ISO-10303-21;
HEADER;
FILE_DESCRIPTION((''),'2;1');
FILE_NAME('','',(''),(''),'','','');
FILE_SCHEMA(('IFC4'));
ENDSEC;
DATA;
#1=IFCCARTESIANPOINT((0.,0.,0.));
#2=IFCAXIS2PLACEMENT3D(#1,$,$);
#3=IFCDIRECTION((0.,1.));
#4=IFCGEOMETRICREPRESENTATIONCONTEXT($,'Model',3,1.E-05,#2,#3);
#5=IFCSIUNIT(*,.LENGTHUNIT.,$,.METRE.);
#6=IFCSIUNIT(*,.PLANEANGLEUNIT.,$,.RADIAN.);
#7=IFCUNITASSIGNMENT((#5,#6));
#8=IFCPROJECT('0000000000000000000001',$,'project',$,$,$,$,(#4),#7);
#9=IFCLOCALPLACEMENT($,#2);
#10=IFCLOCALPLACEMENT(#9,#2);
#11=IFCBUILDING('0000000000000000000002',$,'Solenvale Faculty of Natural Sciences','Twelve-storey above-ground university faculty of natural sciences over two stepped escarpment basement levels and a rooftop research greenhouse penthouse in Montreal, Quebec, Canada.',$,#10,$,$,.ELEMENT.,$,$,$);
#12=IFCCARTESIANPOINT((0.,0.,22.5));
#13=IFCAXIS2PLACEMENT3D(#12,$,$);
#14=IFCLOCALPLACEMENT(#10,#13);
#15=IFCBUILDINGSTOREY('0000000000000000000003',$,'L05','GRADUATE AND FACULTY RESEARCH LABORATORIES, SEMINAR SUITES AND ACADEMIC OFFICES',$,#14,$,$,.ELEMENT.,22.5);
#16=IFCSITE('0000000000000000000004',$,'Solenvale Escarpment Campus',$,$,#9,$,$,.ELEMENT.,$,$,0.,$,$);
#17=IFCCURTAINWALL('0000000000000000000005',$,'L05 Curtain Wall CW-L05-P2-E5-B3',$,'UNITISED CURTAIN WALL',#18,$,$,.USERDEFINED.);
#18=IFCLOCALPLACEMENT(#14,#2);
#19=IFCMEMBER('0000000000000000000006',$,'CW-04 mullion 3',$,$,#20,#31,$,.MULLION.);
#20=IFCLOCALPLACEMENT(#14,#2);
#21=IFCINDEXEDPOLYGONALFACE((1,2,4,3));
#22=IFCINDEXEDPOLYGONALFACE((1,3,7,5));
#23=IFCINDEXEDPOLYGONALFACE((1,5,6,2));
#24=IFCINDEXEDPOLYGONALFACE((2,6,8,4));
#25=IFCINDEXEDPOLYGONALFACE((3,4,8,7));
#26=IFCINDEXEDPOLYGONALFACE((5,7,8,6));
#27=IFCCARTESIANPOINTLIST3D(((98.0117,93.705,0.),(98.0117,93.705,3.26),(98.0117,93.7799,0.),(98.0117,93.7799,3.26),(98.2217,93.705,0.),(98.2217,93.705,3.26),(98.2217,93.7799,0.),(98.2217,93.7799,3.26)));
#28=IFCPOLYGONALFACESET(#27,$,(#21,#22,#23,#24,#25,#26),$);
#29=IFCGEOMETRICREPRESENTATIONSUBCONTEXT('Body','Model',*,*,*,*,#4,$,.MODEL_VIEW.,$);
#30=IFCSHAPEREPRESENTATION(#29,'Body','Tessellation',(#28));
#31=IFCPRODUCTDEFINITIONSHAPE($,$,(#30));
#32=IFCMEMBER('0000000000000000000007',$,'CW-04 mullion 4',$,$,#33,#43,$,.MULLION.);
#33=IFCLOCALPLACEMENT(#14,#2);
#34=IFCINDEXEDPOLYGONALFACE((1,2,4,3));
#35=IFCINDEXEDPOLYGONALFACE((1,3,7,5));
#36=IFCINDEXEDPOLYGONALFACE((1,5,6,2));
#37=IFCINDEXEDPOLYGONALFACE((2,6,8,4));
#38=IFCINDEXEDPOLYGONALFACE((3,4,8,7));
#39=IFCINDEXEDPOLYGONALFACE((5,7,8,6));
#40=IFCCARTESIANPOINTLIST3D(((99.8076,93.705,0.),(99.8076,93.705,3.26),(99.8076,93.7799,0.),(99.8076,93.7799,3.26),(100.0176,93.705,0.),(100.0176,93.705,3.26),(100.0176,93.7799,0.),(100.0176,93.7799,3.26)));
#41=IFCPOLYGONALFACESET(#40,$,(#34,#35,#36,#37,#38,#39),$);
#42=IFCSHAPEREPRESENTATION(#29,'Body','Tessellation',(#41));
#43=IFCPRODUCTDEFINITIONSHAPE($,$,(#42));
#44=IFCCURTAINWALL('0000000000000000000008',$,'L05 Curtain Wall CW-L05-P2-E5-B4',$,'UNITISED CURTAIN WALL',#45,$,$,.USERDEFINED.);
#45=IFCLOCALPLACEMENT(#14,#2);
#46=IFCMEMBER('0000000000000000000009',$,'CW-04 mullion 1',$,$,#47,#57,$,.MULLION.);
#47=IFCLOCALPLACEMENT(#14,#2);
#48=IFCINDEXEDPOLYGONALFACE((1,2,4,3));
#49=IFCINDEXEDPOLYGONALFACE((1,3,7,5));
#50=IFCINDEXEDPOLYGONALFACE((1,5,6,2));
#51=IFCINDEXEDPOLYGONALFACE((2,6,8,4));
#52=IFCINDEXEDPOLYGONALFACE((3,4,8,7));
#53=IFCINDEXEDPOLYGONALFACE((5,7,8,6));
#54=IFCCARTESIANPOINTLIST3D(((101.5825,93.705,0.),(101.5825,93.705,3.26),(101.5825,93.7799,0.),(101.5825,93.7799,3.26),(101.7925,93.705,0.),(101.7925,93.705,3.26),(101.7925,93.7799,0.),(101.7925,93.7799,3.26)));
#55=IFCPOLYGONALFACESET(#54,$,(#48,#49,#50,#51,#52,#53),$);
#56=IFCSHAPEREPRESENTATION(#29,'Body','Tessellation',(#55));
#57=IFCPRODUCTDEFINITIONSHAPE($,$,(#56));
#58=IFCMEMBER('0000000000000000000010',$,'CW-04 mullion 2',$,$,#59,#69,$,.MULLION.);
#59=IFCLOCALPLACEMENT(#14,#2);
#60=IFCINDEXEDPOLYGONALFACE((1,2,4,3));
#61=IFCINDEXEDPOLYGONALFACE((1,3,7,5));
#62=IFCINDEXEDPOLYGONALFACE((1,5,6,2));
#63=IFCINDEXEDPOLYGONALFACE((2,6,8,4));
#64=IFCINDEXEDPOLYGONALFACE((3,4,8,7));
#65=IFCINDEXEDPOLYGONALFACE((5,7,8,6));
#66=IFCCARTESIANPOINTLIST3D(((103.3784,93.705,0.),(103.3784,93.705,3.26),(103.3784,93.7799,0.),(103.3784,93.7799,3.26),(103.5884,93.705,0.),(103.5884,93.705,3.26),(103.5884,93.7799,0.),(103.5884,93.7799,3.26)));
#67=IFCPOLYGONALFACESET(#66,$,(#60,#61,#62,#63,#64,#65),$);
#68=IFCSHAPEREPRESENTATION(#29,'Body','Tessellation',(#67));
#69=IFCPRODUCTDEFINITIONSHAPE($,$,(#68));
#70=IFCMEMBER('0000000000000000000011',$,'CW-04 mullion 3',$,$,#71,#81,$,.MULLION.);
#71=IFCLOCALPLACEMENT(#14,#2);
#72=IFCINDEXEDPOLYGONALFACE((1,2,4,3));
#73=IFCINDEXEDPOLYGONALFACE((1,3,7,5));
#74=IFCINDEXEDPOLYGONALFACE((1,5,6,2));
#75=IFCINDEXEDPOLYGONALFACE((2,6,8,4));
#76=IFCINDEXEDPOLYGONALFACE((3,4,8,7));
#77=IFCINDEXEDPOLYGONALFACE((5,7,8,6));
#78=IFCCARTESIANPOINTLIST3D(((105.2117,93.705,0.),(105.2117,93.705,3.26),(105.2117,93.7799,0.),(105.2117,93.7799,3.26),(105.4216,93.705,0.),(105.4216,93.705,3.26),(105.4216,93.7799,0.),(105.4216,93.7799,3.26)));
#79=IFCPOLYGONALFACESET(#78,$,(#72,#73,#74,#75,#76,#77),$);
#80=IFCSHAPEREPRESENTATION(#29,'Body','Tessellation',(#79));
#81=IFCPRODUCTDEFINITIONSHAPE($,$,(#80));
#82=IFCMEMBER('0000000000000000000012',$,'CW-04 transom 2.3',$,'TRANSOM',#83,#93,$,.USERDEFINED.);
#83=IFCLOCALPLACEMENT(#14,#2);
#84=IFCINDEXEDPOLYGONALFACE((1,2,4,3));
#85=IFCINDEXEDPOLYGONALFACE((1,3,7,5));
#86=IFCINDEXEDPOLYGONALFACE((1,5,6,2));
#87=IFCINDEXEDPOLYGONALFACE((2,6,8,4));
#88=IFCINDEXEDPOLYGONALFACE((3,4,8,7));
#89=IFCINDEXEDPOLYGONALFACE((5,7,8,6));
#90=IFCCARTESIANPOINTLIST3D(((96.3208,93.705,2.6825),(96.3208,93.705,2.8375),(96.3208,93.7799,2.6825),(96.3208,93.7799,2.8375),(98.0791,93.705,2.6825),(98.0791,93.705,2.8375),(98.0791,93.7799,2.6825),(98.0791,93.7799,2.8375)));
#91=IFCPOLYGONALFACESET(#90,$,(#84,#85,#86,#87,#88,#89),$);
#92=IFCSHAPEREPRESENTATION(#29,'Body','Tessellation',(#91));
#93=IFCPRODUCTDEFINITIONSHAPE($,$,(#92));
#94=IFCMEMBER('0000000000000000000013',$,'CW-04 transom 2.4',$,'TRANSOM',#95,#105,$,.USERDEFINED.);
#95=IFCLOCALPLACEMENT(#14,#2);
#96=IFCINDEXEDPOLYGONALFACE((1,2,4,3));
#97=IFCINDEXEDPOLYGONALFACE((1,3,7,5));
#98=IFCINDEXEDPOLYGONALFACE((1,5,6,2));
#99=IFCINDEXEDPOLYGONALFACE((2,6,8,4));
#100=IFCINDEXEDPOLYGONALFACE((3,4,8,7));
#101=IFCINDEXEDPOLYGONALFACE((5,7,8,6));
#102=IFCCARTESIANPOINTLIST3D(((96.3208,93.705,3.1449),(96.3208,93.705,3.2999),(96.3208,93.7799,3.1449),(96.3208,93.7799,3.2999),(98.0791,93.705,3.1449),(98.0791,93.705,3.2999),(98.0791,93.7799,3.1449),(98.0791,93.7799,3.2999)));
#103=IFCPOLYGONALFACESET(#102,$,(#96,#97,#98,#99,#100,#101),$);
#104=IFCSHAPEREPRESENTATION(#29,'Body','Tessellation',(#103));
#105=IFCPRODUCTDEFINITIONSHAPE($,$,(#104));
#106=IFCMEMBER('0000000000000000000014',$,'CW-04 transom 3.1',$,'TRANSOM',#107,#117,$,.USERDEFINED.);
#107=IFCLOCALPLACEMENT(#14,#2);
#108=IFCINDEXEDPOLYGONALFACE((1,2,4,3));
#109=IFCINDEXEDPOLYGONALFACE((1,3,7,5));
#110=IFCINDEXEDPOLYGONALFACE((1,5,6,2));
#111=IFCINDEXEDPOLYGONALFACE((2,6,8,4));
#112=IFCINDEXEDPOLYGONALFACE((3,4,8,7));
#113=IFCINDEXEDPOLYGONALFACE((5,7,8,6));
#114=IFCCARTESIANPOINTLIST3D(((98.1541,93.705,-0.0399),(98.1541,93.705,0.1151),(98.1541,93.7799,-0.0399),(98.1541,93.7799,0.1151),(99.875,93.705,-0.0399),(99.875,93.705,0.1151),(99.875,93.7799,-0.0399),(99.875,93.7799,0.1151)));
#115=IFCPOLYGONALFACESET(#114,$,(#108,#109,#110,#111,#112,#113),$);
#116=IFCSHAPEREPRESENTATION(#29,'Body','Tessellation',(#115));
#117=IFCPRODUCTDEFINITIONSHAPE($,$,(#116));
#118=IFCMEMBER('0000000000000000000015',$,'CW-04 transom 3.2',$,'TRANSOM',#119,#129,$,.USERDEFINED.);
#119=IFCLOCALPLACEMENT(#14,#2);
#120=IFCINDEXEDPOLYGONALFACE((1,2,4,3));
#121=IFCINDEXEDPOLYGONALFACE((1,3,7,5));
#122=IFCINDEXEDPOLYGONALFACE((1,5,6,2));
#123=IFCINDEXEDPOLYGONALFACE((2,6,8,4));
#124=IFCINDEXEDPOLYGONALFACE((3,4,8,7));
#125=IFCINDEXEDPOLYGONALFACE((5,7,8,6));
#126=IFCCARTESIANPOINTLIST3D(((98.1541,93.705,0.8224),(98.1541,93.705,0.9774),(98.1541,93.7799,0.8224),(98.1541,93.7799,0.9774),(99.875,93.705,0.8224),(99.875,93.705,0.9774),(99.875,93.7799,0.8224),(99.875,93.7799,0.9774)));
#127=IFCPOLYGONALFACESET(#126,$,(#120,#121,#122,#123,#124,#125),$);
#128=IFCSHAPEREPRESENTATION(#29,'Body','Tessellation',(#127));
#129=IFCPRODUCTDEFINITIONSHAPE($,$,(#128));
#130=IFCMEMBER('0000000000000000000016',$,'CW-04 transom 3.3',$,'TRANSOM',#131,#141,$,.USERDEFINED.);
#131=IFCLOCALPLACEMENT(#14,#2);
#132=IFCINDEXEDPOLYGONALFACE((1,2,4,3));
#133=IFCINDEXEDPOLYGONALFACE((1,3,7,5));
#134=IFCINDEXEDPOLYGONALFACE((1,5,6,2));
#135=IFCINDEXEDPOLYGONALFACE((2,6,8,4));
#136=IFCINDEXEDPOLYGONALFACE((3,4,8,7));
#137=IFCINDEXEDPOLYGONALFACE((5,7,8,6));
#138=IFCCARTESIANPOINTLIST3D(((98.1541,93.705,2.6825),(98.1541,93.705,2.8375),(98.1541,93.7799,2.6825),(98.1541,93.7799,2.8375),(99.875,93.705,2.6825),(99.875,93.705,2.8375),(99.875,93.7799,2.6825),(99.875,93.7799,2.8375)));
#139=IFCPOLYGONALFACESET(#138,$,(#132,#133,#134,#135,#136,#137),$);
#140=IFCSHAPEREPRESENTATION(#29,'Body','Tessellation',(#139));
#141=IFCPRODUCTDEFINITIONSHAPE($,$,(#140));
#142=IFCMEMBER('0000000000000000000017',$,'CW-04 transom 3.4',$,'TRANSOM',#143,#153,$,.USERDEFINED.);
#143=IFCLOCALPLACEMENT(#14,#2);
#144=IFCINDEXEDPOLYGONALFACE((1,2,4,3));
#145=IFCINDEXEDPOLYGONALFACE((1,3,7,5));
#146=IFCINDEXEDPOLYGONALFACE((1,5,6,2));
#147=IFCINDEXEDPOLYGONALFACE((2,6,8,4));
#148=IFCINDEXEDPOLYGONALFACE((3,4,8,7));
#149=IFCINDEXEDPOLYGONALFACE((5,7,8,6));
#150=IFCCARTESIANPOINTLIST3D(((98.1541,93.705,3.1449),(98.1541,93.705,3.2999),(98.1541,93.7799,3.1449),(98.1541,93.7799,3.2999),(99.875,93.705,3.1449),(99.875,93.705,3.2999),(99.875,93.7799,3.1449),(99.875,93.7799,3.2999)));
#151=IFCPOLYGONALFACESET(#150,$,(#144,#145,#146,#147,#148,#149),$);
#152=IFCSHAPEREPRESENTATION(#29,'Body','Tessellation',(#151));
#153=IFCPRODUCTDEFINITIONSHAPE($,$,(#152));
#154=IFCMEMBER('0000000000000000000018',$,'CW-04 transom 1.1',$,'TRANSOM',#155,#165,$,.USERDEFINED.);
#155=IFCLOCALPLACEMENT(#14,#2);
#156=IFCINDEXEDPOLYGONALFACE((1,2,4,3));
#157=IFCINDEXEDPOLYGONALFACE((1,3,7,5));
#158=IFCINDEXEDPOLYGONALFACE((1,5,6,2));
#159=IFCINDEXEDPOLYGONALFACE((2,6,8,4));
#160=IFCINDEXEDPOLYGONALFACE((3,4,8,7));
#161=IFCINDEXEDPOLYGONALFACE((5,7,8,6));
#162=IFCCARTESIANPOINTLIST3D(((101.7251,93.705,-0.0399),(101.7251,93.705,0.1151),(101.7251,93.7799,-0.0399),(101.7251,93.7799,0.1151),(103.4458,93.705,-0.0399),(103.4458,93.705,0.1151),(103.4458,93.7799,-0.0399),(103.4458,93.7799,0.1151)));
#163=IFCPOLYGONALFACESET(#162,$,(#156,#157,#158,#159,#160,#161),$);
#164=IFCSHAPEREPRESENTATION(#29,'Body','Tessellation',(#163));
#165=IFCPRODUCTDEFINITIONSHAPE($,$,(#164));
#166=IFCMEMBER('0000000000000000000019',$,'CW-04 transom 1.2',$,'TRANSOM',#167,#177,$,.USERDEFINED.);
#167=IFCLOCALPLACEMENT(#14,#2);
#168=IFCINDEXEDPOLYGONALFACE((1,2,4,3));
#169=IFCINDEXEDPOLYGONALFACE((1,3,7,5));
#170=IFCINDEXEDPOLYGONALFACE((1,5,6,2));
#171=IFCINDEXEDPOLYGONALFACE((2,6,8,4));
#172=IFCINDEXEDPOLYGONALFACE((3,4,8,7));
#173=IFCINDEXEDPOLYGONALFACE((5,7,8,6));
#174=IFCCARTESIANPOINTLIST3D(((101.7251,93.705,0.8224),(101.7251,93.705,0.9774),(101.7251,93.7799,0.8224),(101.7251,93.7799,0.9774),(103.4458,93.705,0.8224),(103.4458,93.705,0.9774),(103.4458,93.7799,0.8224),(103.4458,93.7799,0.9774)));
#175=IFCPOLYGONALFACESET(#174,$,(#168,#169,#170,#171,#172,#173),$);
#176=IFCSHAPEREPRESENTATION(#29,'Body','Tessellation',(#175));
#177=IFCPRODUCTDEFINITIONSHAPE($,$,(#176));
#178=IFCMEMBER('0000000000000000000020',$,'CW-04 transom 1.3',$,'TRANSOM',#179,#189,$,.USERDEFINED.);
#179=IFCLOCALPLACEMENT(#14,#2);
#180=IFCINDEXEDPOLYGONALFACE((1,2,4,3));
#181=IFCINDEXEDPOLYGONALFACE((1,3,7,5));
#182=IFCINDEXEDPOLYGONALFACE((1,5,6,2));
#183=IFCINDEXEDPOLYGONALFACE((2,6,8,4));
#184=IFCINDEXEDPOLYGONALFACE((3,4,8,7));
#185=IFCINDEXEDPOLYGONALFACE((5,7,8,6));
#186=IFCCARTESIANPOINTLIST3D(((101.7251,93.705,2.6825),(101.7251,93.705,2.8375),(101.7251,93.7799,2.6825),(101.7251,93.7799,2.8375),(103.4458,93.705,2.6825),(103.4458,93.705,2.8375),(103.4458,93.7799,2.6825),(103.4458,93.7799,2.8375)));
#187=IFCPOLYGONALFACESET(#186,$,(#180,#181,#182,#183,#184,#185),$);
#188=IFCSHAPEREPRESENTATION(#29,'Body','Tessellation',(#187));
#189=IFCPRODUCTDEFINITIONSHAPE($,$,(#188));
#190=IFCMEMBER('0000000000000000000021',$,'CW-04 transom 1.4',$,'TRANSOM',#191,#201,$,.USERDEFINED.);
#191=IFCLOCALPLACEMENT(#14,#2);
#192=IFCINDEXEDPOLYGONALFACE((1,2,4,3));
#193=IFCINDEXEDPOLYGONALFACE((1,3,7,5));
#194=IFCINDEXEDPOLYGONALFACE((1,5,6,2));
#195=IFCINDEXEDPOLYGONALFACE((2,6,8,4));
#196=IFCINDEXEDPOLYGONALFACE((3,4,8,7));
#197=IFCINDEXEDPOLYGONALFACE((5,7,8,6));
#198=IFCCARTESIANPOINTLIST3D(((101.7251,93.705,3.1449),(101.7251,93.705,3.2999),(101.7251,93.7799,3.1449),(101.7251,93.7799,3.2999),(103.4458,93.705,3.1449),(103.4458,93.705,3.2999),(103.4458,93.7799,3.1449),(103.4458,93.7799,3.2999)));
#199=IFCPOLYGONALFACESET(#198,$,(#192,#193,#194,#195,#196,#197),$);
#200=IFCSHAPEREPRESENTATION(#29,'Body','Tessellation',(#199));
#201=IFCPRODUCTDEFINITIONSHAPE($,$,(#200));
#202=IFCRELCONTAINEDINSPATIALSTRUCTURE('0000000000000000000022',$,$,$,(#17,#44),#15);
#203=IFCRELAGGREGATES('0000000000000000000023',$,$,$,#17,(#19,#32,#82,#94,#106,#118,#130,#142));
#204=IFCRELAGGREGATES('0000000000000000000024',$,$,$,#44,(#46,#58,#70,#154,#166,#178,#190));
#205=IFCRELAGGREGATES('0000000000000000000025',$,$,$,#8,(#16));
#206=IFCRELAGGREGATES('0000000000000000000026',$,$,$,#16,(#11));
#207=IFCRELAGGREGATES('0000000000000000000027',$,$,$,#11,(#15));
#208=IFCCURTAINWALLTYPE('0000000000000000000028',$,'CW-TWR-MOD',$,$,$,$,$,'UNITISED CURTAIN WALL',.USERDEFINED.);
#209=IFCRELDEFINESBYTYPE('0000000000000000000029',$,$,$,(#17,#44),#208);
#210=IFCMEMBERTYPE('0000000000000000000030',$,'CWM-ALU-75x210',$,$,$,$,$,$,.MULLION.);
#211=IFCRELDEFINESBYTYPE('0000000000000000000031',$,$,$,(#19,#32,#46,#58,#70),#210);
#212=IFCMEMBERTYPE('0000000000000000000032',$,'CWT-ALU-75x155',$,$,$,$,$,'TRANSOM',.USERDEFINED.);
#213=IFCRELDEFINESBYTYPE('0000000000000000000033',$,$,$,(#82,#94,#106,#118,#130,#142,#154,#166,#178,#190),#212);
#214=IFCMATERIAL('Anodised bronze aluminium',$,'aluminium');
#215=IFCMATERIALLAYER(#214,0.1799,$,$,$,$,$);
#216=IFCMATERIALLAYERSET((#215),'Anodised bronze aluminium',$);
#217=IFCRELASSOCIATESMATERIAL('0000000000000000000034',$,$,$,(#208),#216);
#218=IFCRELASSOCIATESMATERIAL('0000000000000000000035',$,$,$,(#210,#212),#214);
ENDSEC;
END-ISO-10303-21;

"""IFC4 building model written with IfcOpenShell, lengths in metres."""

from ifc_helpers import new_model, si_unit, direction, frame, origin, origin_2d, place, context, subcontext, project, spatial, rectangle, extrude, material, layer, layer_set, material_profile, profile_set, type_object, element, aggregate, save


model = new_model("IFC4")

# Units and contexts
model_context = context("Model", 3, precision=1e-05, world=origin(), true_north=direction((0.0, 1.0)))
body_context = subcontext(model_context, "Body", "Model", "MODEL_VIEW")
ifc_project = project(units=[si_unit("LENGTHUNIT", "METRE"), si_unit("PLANEANGLEUNIT", "RADIAN")], contexts=[model_context])

# Site, building, storey
site_placement = place(None, origin())
site = spatial("IfcSite", under=ifc_project, at=site_placement, Name="Solenvale Escarpment Campus", CompositionType="ELEMENT", RefElevation=0.0)
building_placement = place(site_placement, origin())
building = spatial("IfcBuilding", under=site, at=building_placement, Name="Solenvale Faculty of Natural Sciences", Description="Twelve-storey above-ground university faculty of natural sciences over two stepped escarpment basement levels and a rooftop research greenhouse penthouse in Montreal, Quebec, Canada.", CompositionType="ELEMENT")
storey_placement = place(building_placement, frame((0.0, 0.0, 22.5)))
storey = spatial("IfcBuildingStorey", under=building, at=storey_placement, Name="L05", Description="GRADUATE AND FACULTY RESEARCH LABORATORIES, SEMINAR SUITES AND ACADEMIC OFFICES", CompositionType="ELEMENT", Elevation=22.5)

# Curtain walls, members
ifc_material_1 = material(Name="Anodised bronze aluminium", Category="aluminium")
ifc_layer_1 = layer(ifc_material_1, 0.1799)
ifc_layer_set_1 = layer_set([ifc_layer_1], Name="Anodised bronze aluminium")
curtain_wall_type = type_object("IfcCurtainWallType", Name="CW-TWR-MOD", ElementType="UNITISED CURTAIN WALL", PredefinedType="USERDEFINED", material=ifc_layer_set_1)
curtain_wall_1_placement = place(storey_placement, origin())
curtain_wall_1 = element("IfcCurtainWall", 1, at=curtain_wall_1_placement, inside=storey, type_object=curtain_wall_type, Name="L05 Curtain Wall CW-L05-P2-E5-B3", ObjectType="UNITISED CURTAIN WALL", PredefinedType="USERDEFINED")
ifc_material_profile_1 = material_profile(ifc_material_1, rectangle(XDim=0.075, YDim=0.21, at=origin_2d()), Name="ALU-MUL-75x210")
ifc_profile_set_1 = profile_set([ifc_material_profile_1], Name="Anodised bronze aluminium")
member_type_1 = type_object("IfcMemberType", Name="CWM-ALU-75x210", PredefinedType="MULLION", material=ifc_profile_set_1)
member_1_placement = place(storey_placement, frame((98.1167, 93.7424, 0.0), z_axis=(0.0, 0.0, 1.0), x_axis=(0.0, 1.0, 0.0)))
member_1 = element("IfcMember", 2, at=member_1_placement, type_object=member_type_1, Name="CW-04 mullion 3", PredefinedType="MULLION", context=body_context, shape_type="SweptSolid", body=[
    extrude(rectangle(XDim=0.075, YDim=0.21, at=origin_2d()), origin(), (0.0, 0.0, 1.0), 3.26),
])
member_2_placement = place(storey_placement, frame((99.9126, 93.7424, 0.0), z_axis=(0.0, 0.0, 1.0), x_axis=(0.0, 1.0, 0.0)))
member_2 = element("IfcMember", 3, at=member_2_placement, type_object=member_type_1, Name="CW-04 mullion 4", PredefinedType="MULLION", context=body_context, shape_type="SweptSolid", body=[
    extrude(rectangle(XDim=0.075, YDim=0.21, at=origin_2d()), origin(), (0.0, 0.0, 1.0), 3.26),
])
curtain_wall_2_placement = place(storey_placement, origin())
curtain_wall_2 = element("IfcCurtainWall", 4, at=curtain_wall_2_placement, inside=storey, type_object=curtain_wall_type, Name="L05 Curtain Wall CW-L05-P2-E5-B4", ObjectType="UNITISED CURTAIN WALL", PredefinedType="USERDEFINED")
member_3_placement = place(storey_placement, frame((101.6875, 93.7424, 0.0), z_axis=(0.0, 0.0, 1.0), x_axis=(0.0, 1.0, 0.0)))
member_3 = element("IfcMember", 5, at=member_3_placement, type_object=member_type_1, Name="CW-04 mullion 1", PredefinedType="MULLION", context=body_context, shape_type="SweptSolid", body=[
    extrude(rectangle(XDim=0.075, YDim=0.21, at=origin_2d()), origin(), (0.0, 0.0, 1.0), 3.26),
])
member_4_placement = place(storey_placement, frame((103.4834, 93.7424, 0.0), z_axis=(0.0, 0.0, 1.0), x_axis=(0.0, 1.0, 0.0)))
member_4 = element("IfcMember", 6, at=member_4_placement, type_object=member_type_1, Name="CW-04 mullion 2", PredefinedType="MULLION", context=body_context, shape_type="SweptSolid", body=[
    extrude(rectangle(XDim=0.075, YDim=0.21, at=origin_2d()), origin(), (0.0, 0.0, 1.0), 3.26),
])
member_5_placement = place(storey_placement, frame((105.3167, 93.7424, 0.0), z_axis=(0.0, 0.0, 1.0), x_axis=(0.0, 1.0, 0.0)))
member_5 = element("IfcMember", 7, at=member_5_placement, type_object=member_type_1, Name="CW-04 mullion 3", PredefinedType="MULLION", context=body_context, shape_type="SweptSolid", body=[
    extrude(rectangle(XDim=0.075, YDim=0.21, at=origin_2d()), origin(), (0.0, 0.0, 1.0), 3.26),
])

# Members
ifc_material_profile_2 = material_profile(ifc_material_1, rectangle(XDim=0.075, YDim=0.155, at=origin_2d()), Name="ALU-TRN-75x155")
ifc_profile_set_2 = profile_set([ifc_material_profile_2], Name="Anodised bronze aluminium")
member_type_2 = type_object("IfcMemberType", Name="CWT-ALU-75x155", ElementType="TRANSOM", PredefinedType="USERDEFINED", material=ifc_profile_set_2)
member_6_placement = place(storey_placement, frame((96.3208, 93.7424, 2.76), z_axis=(1.0, 0.0, 0.0), x_axis=(0.0, 1.0, 0.0)))
member_6 = element("IfcMember", 8, at=member_6_placement, type_object=member_type_2, Name="CW-04 transom 2.3", ObjectType="TRANSOM", PredefinedType="USERDEFINED", context=body_context, shape_type="SweptSolid", body=[
    extrude(rectangle(XDim=0.075, YDim=0.155, at=origin_2d()), origin(), (0.0, 0.0, 1.0), 1.7583),
])
member_7_placement = place(storey_placement, frame((96.3208, 93.7424, 3.2224), z_axis=(1.0, 0.0, 0.0), x_axis=(0.0, 1.0, 0.0)))
member_7 = element("IfcMember", 9, at=member_7_placement, type_object=member_type_2, Name="CW-04 transom 2.4", ObjectType="TRANSOM", PredefinedType="USERDEFINED", context=body_context, shape_type="SweptSolid", body=[
    extrude(rectangle(XDim=0.075, YDim=0.155, at=origin_2d()), origin(), (0.0, 0.0, 1.0), 1.7583),
])
member_8_placement = place(storey_placement, frame((98.1541, 93.7424, 0.0376), z_axis=(1.0, 0.0, 0.0), x_axis=(0.0, 1.0, 0.0)))
member_8 = element("IfcMember", 10, at=member_8_placement, type_object=member_type_2, Name="CW-04 transom 3.1", ObjectType="TRANSOM", PredefinedType="USERDEFINED", context=body_context, shape_type="SweptSolid", body=[
    extrude(rectangle(XDim=0.075, YDim=0.155, at=origin_2d()), origin(), (0.0, 0.0, 1.0), 1.7209),
])
member_9_placement = place(storey_placement, frame((98.1541, 93.7424, 0.8999), z_axis=(1.0, 0.0, 0.0), x_axis=(0.0, 1.0, 0.0)))
member_9 = element("IfcMember", 11, at=member_9_placement, type_object=member_type_2, Name="CW-04 transom 3.2", ObjectType="TRANSOM", PredefinedType="USERDEFINED", context=body_context, shape_type="SweptSolid", body=[
    extrude(rectangle(XDim=0.075, YDim=0.155, at=origin_2d()), origin(), (0.0, 0.0, 1.0), 1.7209),
])
member_10_placement = place(storey_placement, frame((98.1541, 93.7424, 2.76), z_axis=(1.0, 0.0, 0.0), x_axis=(0.0, 1.0, 0.0)))
member_10 = element("IfcMember", 12, at=member_10_placement, type_object=member_type_2, Name="CW-04 transom 3.3", ObjectType="TRANSOM", PredefinedType="USERDEFINED", context=body_context, shape_type="SweptSolid", body=[
    extrude(rectangle(XDim=0.075, YDim=0.155, at=origin_2d()), origin(), (0.0, 0.0, 1.0), 1.7209),
])
member_11_placement = place(storey_placement, frame((98.1541, 93.7424, 3.2224), z_axis=(1.0, 0.0, 0.0), x_axis=(0.0, 1.0, 0.0)))
member_11 = element("IfcMember", 13, at=member_11_placement, type_object=member_type_2, Name="CW-04 transom 3.4", ObjectType="TRANSOM", PredefinedType="USERDEFINED", context=body_context, shape_type="SweptSolid", body=[
    extrude(rectangle(XDim=0.075, YDim=0.155, at=origin_2d()), origin(), (0.0, 0.0, 1.0), 1.7209),
])
member_12_placement = place(storey_placement, frame((101.7251, 93.7424, 0.0376), z_axis=(1.0, 0.0, 0.0), x_axis=(0.0, 1.0, 0.0)))
member_12 = element("IfcMember", 14, at=member_12_placement, type_object=member_type_2, Name="CW-04 transom 1.1", ObjectType="TRANSOM", PredefinedType="USERDEFINED", context=body_context, shape_type="SweptSolid", body=[
    extrude(rectangle(XDim=0.075, YDim=0.155, at=origin_2d()), origin(), (0.0, 0.0, 1.0), 1.7207),
])
member_13_placement = place(storey_placement, frame((101.7251, 93.7424, 0.8999), z_axis=(1.0, 0.0, 0.0), x_axis=(0.0, 1.0, 0.0)))
member_13 = element("IfcMember", 15, at=member_13_placement, type_object=member_type_2, Name="CW-04 transom 1.2", ObjectType="TRANSOM", PredefinedType="USERDEFINED", context=body_context, shape_type="SweptSolid", body=[
    extrude(rectangle(XDim=0.075, YDim=0.155, at=origin_2d()), origin(), (0.0, 0.0, 1.0), 1.7207),
])
member_14_placement = place(storey_placement, frame((101.7251, 93.7424, 2.76), z_axis=(1.0, 0.0, 0.0), x_axis=(0.0, 1.0, 0.0)))
member_14 = element("IfcMember", 16, at=member_14_placement, type_object=member_type_2, Name="CW-04 transom 1.3", ObjectType="TRANSOM", PredefinedType="USERDEFINED", context=body_context, shape_type="SweptSolid", body=[
    extrude(rectangle(XDim=0.075, YDim=0.155, at=origin_2d()), origin(), (0.0, 0.0, 1.0), 1.7207),
])
member_15_placement = place(storey_placement, frame((101.7251, 93.7424, 3.2224), z_axis=(1.0, 0.0, 0.0), x_axis=(0.0, 1.0, 0.0)))
member_15 = element("IfcMember", 17, at=member_15_placement, type_object=member_type_2, Name="CW-04 transom 1.4", ObjectType="TRANSOM", PredefinedType="USERDEFINED", context=body_context, shape_type="SweptSolid", body=[
    extrude(rectangle(XDim=0.075, YDim=0.155, at=origin_2d()), origin(), (0.0, 0.0, 1.0), 1.7207),
])

aggregate(curtain_wall_1, [member_1, member_2, member_6, member_7, member_8, member_9, member_10, member_11])
aggregate(curtain_wall_2, [member_3, member_4, member_5, member_12, member_13, member_14, member_15])

save(model, "model.ifc")
